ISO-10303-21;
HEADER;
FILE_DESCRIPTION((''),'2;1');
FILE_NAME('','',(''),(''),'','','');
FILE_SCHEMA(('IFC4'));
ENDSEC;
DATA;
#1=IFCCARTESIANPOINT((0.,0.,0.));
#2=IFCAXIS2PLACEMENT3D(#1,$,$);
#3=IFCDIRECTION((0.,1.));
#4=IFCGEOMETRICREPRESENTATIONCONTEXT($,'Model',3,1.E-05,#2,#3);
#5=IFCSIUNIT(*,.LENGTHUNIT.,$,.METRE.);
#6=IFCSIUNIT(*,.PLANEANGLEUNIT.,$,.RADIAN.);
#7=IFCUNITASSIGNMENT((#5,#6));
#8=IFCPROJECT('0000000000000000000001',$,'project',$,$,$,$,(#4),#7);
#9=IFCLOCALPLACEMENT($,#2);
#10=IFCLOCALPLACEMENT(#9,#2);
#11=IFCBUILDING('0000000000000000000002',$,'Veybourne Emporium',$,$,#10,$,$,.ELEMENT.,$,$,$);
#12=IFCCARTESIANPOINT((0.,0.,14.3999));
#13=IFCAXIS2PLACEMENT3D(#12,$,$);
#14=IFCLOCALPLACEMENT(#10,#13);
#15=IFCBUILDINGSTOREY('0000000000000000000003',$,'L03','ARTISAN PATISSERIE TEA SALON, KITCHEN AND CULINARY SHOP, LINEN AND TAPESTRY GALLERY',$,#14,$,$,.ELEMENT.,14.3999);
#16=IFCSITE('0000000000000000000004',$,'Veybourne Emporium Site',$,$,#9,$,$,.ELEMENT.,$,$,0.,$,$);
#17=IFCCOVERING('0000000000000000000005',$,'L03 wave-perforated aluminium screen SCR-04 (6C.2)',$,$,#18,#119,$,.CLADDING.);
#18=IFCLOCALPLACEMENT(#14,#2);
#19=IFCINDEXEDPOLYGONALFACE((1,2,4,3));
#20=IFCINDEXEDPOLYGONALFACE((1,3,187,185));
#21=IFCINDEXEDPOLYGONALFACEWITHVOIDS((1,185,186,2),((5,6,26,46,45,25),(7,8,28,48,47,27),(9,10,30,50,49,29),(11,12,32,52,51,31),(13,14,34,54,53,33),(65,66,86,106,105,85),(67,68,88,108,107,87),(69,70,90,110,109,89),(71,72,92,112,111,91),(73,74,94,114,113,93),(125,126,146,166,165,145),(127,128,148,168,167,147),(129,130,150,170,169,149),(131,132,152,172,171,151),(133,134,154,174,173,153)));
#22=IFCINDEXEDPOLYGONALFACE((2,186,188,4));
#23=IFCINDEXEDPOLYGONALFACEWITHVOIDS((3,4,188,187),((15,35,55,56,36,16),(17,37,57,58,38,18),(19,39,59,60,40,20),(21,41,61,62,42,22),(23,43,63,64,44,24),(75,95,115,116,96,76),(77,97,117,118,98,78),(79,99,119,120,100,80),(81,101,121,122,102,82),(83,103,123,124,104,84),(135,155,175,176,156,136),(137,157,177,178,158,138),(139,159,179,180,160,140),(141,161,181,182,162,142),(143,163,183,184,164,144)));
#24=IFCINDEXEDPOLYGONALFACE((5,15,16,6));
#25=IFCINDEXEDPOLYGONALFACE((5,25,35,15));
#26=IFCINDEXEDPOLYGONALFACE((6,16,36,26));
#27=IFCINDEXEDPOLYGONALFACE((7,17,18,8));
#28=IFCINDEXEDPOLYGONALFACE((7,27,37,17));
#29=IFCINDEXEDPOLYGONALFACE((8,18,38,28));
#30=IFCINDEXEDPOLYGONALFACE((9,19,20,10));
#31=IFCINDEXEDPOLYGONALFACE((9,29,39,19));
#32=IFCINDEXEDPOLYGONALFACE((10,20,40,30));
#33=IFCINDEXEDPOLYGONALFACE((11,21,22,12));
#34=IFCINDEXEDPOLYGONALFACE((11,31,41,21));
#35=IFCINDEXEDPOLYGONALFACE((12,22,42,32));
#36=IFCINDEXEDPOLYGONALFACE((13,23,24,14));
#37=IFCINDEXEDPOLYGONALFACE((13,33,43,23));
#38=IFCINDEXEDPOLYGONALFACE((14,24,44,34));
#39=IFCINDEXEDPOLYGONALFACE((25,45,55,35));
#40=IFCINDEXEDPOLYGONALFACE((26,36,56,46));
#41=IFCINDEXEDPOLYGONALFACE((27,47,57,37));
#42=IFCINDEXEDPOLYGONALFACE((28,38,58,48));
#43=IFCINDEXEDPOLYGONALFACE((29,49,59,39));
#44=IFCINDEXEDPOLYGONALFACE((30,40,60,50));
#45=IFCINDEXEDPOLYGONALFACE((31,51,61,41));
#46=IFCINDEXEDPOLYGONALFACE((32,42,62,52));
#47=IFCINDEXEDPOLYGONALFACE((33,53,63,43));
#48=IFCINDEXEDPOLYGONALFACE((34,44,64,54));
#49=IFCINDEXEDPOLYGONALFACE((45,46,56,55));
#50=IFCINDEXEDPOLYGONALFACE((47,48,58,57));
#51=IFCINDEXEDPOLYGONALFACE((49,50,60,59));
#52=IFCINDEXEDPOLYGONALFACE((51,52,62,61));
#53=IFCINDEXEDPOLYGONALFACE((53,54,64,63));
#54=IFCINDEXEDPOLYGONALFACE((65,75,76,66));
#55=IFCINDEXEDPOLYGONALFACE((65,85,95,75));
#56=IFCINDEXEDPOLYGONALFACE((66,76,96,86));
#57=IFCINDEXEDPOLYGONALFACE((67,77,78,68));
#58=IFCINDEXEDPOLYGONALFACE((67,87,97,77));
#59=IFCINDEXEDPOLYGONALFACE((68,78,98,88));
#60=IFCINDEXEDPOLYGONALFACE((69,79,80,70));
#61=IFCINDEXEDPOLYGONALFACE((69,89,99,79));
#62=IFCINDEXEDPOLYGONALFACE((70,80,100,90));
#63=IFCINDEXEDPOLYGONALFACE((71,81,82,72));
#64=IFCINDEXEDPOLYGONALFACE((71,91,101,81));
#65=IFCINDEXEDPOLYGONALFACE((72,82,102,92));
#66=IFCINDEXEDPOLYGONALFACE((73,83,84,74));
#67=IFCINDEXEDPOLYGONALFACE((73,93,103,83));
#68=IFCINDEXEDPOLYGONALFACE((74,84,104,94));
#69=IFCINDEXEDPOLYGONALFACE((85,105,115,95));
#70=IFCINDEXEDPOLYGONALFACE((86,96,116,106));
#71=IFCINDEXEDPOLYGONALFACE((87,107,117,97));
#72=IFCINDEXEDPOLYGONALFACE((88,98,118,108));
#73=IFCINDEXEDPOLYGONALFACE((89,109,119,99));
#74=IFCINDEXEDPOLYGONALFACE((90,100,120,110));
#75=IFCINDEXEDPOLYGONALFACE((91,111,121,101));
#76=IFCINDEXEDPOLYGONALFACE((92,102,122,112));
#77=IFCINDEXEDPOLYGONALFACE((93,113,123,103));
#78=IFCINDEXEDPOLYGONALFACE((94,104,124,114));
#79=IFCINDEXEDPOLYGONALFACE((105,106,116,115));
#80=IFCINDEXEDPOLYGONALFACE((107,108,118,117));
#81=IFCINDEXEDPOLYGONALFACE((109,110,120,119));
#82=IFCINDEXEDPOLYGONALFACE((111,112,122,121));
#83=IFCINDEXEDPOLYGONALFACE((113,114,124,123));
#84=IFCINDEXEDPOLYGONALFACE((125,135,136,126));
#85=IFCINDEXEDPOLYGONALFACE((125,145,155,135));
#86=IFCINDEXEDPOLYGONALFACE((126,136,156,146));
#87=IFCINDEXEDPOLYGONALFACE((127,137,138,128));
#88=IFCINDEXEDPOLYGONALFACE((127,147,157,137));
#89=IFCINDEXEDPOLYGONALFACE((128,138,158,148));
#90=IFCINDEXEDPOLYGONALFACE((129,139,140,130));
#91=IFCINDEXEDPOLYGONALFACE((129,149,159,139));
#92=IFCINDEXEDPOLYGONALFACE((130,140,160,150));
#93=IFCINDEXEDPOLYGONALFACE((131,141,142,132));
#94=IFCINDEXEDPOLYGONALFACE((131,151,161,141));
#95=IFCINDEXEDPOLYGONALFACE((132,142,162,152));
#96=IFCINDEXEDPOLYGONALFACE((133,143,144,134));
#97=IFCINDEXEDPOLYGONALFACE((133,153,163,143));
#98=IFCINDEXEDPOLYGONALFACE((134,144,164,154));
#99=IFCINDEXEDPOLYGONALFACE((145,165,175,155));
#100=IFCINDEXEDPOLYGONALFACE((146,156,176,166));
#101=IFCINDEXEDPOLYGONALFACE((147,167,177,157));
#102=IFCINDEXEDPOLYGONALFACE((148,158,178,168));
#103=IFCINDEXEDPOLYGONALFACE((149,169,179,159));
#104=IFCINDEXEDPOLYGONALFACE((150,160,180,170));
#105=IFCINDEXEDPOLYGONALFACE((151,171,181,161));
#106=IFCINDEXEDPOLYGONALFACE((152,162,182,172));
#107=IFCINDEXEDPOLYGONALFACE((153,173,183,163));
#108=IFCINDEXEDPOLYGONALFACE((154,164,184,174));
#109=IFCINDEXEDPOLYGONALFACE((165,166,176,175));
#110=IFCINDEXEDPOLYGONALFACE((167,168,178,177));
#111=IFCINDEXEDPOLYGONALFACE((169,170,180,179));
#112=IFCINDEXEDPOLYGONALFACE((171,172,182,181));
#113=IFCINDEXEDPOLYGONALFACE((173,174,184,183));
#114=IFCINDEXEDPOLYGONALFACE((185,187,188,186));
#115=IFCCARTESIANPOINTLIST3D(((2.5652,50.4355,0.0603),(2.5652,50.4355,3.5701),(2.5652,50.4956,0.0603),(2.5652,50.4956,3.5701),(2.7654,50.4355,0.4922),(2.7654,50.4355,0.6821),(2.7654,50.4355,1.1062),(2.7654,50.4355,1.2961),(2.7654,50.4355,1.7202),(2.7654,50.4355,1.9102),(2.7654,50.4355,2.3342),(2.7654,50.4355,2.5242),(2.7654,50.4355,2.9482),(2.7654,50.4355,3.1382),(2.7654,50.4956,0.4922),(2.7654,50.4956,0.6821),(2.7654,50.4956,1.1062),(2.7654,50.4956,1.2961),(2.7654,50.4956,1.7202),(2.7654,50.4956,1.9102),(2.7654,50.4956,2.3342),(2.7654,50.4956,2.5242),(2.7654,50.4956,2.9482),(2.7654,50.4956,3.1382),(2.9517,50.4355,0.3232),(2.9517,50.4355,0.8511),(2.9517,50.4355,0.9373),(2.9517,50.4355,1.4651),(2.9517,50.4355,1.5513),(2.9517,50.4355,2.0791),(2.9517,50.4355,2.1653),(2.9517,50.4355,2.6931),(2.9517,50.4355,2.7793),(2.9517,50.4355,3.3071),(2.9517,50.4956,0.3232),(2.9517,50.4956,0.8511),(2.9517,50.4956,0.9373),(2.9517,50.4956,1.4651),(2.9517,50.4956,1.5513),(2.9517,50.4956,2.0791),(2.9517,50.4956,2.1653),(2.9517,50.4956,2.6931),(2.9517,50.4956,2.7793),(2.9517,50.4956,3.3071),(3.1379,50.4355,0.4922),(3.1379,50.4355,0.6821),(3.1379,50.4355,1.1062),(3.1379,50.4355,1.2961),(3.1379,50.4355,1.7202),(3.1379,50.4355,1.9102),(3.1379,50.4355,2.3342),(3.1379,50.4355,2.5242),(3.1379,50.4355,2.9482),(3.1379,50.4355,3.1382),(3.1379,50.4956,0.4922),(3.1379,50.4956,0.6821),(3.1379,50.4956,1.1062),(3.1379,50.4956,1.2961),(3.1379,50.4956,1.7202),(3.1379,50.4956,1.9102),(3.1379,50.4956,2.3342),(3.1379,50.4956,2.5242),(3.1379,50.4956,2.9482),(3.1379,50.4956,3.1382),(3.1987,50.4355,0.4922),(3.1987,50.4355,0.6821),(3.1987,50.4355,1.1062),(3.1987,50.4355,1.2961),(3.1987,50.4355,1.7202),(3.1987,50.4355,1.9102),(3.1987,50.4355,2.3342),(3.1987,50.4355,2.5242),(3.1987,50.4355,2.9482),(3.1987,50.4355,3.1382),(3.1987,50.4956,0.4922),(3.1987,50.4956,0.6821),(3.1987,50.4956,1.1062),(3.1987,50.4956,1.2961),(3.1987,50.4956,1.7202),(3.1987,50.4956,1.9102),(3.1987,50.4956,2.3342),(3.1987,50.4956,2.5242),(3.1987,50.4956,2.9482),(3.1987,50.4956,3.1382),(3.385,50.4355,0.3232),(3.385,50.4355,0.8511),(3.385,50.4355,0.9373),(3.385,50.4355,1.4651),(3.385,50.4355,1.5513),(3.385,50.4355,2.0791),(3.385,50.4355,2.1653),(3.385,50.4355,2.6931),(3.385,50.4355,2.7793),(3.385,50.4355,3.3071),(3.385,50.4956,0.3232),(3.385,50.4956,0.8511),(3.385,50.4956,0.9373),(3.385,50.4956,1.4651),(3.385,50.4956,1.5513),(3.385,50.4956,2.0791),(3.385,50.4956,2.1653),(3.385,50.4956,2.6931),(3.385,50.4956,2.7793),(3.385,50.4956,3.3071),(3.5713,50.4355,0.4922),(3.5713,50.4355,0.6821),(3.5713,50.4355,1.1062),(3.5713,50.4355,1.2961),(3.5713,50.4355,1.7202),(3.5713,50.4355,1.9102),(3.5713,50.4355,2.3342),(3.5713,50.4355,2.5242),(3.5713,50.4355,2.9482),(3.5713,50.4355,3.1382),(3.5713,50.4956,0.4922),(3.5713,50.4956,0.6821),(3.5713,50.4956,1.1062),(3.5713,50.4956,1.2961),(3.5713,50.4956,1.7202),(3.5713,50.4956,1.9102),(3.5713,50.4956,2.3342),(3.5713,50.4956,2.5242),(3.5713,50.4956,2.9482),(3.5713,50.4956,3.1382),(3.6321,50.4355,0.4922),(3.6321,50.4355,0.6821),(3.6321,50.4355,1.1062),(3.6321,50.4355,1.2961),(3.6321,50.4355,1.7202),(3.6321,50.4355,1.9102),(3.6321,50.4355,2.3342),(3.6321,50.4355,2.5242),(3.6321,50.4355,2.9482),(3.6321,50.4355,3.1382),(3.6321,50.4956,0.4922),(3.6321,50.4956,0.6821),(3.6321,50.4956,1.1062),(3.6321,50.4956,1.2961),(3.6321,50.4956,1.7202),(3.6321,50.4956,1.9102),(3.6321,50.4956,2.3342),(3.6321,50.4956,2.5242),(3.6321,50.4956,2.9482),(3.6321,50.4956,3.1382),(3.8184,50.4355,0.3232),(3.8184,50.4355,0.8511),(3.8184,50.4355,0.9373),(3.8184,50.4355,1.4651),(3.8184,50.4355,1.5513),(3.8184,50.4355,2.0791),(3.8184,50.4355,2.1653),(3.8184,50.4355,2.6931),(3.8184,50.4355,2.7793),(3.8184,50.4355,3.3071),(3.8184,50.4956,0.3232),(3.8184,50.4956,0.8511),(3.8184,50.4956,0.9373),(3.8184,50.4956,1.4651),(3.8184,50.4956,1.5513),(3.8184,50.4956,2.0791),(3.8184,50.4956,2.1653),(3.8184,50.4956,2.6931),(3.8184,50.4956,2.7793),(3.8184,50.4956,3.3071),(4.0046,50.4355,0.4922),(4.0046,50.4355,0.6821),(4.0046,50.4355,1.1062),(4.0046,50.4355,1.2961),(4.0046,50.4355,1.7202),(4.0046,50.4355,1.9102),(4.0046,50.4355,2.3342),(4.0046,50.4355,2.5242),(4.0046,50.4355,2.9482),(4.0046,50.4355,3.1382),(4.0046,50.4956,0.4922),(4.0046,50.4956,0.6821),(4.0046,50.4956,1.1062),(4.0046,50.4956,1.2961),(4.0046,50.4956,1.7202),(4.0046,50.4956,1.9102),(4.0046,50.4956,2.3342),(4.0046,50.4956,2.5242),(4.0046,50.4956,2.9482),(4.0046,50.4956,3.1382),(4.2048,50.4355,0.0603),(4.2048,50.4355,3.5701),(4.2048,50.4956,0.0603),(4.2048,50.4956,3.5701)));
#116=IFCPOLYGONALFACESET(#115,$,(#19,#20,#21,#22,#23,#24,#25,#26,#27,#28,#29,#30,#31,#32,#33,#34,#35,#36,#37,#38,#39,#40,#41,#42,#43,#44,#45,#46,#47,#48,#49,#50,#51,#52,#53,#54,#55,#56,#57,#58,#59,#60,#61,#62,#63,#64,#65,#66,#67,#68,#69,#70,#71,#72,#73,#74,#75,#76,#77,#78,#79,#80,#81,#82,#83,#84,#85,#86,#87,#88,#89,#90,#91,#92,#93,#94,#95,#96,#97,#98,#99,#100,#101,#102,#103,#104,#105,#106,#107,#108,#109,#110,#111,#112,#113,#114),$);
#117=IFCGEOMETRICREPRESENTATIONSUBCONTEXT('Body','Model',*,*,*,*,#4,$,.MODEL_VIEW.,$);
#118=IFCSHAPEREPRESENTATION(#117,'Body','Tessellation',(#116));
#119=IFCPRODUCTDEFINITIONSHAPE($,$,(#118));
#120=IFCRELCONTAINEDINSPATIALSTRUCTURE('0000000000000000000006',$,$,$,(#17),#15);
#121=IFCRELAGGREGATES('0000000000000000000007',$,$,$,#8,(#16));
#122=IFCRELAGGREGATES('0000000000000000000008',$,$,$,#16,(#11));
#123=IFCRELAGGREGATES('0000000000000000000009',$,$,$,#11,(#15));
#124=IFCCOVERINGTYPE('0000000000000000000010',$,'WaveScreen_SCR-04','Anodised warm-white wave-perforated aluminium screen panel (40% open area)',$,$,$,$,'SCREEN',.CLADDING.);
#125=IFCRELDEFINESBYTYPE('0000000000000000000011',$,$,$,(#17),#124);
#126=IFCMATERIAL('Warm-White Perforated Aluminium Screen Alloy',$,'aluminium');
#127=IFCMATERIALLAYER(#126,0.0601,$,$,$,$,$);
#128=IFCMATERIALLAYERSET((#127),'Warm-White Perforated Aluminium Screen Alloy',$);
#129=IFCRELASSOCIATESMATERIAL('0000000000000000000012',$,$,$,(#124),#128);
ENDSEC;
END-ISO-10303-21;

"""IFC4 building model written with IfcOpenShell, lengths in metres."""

from ifc_helpers import new_model, si_unit, direction, frame, origin, place, context, subcontext, project, spatial, polyline, outline, extrude, material, layer, layer_set, type_object, element, save


model = new_model("IFC4")

# Units and contexts
model_context = context("Model", 3, precision=1e-05, world=origin(), true_north=direction((0.0, 1.0)))
body_context = subcontext(model_context, "Body", "Model", "MODEL_VIEW")
ifc_project = project(units=[si_unit("LENGTHUNIT", "METRE"), si_unit("PLANEANGLEUNIT", "RADIAN")], contexts=[model_context])

# Site, building, storey
site_placement = place(None, origin())
site = spatial("IfcSite", under=ifc_project, at=site_placement, Name="Veybourne Emporium Site", CompositionType="ELEMENT", RefElevation=0.0)
building_placement = place(site_placement, origin())
building = spatial("IfcBuilding", under=site, at=building_placement, Name="Veybourne Emporium", CompositionType="ELEMENT")
storey_placement = place(building_placement, frame((0.0, 0.0, 14.3999)))
storey = spatial("IfcBuildingStorey", under=building, at=storey_placement, Name="L03", Description="ARTISAN PATISSERIE TEA SALON, KITCHEN AND CULINARY SHOP, LINEN AND TAPESTRY GALLERY", CompositionType="ELEMENT", Elevation=14.3999)

# Covering
ifc_material_1 = material(Name="Warm-White Perforated Aluminium Screen Alloy", Category="aluminium")
ifc_layer_1 = layer(ifc_material_1, 0.0601)
ifc_layer_set_1 = layer_set([ifc_layer_1], Name="Warm-White Perforated Aluminium Screen Alloy")
covering_type_1 = type_object("IfcCoveringType", Name="WaveScreen_SCR-04", Description="Anodised warm-white wave-perforated aluminium screen panel (40% open area)", ElementType="SCREEN", PredefinedType="CLADDING", material=ifc_layer_set_1)
covering_1_placement = place(storey_placement, frame((3.385, 50.4956, 1.8152), z_axis=(0.0, -1.0, 0.0), x_axis=(1.0, 0.0, 0.0)))
element("IfcCovering", 1, at=covering_1_placement, inside=storey, type_object=covering_type_1, Name="L03 wave-perforated aluminium screen SCR-04 (6C.2)", PredefinedType="CLADDING", context=body_context, shape_type="SweptSolid", body=[
    extrude(outline(polyline([(-0.8198, -1.7549), (0.8198, -1.7549), (0.8198, 1.7549), (-0.8198, 1.7549), (-0.8198, -1.7549)]), holes=[polyline([(-0.4333, -0.9641), (-0.2471, -1.1331), (-0.2471, -1.323), (-0.4333, -1.4919), (-0.6196, -1.323), (-0.6196, -1.1331), (-0.4333, -0.9641)]), polyline([(-0.4333, -0.3501), (-0.2471, -0.519), (-0.2471, -0.709), (-0.4333, -0.8779), (-0.6196, -0.709), (-0.6196, -0.519), (-0.4333, -0.3501)]), polyline([(-0.4333, 0.2639), (-0.2471, 0.095), (-0.2471, -0.095), (-0.4333, -0.2639), (-0.6196, -0.095), (-0.6196, 0.095), (-0.4333, 0.2639)]), polyline([(-0.4333, 0.8779), (-0.2471, 0.709), (-0.2471, 0.519), (-0.4333, 0.3501), (-0.6196, 0.519), (-0.6196, 0.709), (-0.4333, 0.8779)]), polyline([(-0.4333, 1.4919), (-0.2471, 1.323), (-0.2471, 1.1331), (-0.4333, 0.9641), (-0.6196, 1.1331), (-0.6196, 1.323), (-0.4333, 1.4919)]), polyline([(0.0, -0.9641), (0.1863, -1.1331), (0.1863, -1.323), (0.0, -1.4919), (-0.1863, -1.323), (-0.1863, -1.1331), (0.0, -0.9641)]), polyline([(0.0, -0.3501), (0.1863, -0.519), (0.1863, -0.709), (0.0, -0.8779), (-0.1863, -0.709), (-0.1863, -0.519), (0.0, -0.3501)]), polyline([(0.0, 0.2639), (0.1863, 0.095), (0.1863, -0.095), (0.0, -0.2639), (-0.1863, -0.095), (-0.1863, 0.095), (0.0, 0.2639)]), polyline([(0.0, 0.8779), (0.1863, 0.709), (0.1863, 0.519), (0.0, 0.3501), (-0.1863, 0.519), (-0.1863, 0.709), (0.0, 0.8779)]), polyline([(0.0, 1.4919), (0.1863, 1.323), (0.1863, 1.1331), (0.0, 0.9641), (-0.1863, 1.1331), (-0.1863, 1.323), (0.0, 1.4919)]), polyline([(0.4333, -0.9641), (0.6196, -1.1331), (0.6196, -1.323), (0.4333, -1.4919), (0.2471, -1.323), (0.2471, -1.1331), (0.4333, -0.9641)]), polyline([(0.4333, -0.3501), (0.6196, -0.519), (0.6196, -0.709), (0.4333, -0.8779), (0.2471, -0.709), (0.2471, -0.519), (0.4333, -0.3501)]), polyline([(0.4333, 0.2639), (0.6196, 0.095), (0.6196, -0.095), (0.4333, -0.2639), (0.2471, -0.095), (0.2471, 0.095), (0.4333, 0.2639)]), polyline([(0.4333, 0.8779), (0.6196, 0.709), (0.6196, 0.519), (0.4333, 0.3501), (0.2471, 0.519), (0.2471, 0.709), (0.4333, 0.8779)]), polyline([(0.4333, 1.4919), (0.6196, 1.323), (0.6196, 1.1331), (0.4333, 0.9641), (0.2471, 1.1331), (0.2471, 1.323), (0.4333, 1.4919)])]), origin(), (0.0, 0.0, 1.0), 0.0601),
])

save(model, "model.ifc")
